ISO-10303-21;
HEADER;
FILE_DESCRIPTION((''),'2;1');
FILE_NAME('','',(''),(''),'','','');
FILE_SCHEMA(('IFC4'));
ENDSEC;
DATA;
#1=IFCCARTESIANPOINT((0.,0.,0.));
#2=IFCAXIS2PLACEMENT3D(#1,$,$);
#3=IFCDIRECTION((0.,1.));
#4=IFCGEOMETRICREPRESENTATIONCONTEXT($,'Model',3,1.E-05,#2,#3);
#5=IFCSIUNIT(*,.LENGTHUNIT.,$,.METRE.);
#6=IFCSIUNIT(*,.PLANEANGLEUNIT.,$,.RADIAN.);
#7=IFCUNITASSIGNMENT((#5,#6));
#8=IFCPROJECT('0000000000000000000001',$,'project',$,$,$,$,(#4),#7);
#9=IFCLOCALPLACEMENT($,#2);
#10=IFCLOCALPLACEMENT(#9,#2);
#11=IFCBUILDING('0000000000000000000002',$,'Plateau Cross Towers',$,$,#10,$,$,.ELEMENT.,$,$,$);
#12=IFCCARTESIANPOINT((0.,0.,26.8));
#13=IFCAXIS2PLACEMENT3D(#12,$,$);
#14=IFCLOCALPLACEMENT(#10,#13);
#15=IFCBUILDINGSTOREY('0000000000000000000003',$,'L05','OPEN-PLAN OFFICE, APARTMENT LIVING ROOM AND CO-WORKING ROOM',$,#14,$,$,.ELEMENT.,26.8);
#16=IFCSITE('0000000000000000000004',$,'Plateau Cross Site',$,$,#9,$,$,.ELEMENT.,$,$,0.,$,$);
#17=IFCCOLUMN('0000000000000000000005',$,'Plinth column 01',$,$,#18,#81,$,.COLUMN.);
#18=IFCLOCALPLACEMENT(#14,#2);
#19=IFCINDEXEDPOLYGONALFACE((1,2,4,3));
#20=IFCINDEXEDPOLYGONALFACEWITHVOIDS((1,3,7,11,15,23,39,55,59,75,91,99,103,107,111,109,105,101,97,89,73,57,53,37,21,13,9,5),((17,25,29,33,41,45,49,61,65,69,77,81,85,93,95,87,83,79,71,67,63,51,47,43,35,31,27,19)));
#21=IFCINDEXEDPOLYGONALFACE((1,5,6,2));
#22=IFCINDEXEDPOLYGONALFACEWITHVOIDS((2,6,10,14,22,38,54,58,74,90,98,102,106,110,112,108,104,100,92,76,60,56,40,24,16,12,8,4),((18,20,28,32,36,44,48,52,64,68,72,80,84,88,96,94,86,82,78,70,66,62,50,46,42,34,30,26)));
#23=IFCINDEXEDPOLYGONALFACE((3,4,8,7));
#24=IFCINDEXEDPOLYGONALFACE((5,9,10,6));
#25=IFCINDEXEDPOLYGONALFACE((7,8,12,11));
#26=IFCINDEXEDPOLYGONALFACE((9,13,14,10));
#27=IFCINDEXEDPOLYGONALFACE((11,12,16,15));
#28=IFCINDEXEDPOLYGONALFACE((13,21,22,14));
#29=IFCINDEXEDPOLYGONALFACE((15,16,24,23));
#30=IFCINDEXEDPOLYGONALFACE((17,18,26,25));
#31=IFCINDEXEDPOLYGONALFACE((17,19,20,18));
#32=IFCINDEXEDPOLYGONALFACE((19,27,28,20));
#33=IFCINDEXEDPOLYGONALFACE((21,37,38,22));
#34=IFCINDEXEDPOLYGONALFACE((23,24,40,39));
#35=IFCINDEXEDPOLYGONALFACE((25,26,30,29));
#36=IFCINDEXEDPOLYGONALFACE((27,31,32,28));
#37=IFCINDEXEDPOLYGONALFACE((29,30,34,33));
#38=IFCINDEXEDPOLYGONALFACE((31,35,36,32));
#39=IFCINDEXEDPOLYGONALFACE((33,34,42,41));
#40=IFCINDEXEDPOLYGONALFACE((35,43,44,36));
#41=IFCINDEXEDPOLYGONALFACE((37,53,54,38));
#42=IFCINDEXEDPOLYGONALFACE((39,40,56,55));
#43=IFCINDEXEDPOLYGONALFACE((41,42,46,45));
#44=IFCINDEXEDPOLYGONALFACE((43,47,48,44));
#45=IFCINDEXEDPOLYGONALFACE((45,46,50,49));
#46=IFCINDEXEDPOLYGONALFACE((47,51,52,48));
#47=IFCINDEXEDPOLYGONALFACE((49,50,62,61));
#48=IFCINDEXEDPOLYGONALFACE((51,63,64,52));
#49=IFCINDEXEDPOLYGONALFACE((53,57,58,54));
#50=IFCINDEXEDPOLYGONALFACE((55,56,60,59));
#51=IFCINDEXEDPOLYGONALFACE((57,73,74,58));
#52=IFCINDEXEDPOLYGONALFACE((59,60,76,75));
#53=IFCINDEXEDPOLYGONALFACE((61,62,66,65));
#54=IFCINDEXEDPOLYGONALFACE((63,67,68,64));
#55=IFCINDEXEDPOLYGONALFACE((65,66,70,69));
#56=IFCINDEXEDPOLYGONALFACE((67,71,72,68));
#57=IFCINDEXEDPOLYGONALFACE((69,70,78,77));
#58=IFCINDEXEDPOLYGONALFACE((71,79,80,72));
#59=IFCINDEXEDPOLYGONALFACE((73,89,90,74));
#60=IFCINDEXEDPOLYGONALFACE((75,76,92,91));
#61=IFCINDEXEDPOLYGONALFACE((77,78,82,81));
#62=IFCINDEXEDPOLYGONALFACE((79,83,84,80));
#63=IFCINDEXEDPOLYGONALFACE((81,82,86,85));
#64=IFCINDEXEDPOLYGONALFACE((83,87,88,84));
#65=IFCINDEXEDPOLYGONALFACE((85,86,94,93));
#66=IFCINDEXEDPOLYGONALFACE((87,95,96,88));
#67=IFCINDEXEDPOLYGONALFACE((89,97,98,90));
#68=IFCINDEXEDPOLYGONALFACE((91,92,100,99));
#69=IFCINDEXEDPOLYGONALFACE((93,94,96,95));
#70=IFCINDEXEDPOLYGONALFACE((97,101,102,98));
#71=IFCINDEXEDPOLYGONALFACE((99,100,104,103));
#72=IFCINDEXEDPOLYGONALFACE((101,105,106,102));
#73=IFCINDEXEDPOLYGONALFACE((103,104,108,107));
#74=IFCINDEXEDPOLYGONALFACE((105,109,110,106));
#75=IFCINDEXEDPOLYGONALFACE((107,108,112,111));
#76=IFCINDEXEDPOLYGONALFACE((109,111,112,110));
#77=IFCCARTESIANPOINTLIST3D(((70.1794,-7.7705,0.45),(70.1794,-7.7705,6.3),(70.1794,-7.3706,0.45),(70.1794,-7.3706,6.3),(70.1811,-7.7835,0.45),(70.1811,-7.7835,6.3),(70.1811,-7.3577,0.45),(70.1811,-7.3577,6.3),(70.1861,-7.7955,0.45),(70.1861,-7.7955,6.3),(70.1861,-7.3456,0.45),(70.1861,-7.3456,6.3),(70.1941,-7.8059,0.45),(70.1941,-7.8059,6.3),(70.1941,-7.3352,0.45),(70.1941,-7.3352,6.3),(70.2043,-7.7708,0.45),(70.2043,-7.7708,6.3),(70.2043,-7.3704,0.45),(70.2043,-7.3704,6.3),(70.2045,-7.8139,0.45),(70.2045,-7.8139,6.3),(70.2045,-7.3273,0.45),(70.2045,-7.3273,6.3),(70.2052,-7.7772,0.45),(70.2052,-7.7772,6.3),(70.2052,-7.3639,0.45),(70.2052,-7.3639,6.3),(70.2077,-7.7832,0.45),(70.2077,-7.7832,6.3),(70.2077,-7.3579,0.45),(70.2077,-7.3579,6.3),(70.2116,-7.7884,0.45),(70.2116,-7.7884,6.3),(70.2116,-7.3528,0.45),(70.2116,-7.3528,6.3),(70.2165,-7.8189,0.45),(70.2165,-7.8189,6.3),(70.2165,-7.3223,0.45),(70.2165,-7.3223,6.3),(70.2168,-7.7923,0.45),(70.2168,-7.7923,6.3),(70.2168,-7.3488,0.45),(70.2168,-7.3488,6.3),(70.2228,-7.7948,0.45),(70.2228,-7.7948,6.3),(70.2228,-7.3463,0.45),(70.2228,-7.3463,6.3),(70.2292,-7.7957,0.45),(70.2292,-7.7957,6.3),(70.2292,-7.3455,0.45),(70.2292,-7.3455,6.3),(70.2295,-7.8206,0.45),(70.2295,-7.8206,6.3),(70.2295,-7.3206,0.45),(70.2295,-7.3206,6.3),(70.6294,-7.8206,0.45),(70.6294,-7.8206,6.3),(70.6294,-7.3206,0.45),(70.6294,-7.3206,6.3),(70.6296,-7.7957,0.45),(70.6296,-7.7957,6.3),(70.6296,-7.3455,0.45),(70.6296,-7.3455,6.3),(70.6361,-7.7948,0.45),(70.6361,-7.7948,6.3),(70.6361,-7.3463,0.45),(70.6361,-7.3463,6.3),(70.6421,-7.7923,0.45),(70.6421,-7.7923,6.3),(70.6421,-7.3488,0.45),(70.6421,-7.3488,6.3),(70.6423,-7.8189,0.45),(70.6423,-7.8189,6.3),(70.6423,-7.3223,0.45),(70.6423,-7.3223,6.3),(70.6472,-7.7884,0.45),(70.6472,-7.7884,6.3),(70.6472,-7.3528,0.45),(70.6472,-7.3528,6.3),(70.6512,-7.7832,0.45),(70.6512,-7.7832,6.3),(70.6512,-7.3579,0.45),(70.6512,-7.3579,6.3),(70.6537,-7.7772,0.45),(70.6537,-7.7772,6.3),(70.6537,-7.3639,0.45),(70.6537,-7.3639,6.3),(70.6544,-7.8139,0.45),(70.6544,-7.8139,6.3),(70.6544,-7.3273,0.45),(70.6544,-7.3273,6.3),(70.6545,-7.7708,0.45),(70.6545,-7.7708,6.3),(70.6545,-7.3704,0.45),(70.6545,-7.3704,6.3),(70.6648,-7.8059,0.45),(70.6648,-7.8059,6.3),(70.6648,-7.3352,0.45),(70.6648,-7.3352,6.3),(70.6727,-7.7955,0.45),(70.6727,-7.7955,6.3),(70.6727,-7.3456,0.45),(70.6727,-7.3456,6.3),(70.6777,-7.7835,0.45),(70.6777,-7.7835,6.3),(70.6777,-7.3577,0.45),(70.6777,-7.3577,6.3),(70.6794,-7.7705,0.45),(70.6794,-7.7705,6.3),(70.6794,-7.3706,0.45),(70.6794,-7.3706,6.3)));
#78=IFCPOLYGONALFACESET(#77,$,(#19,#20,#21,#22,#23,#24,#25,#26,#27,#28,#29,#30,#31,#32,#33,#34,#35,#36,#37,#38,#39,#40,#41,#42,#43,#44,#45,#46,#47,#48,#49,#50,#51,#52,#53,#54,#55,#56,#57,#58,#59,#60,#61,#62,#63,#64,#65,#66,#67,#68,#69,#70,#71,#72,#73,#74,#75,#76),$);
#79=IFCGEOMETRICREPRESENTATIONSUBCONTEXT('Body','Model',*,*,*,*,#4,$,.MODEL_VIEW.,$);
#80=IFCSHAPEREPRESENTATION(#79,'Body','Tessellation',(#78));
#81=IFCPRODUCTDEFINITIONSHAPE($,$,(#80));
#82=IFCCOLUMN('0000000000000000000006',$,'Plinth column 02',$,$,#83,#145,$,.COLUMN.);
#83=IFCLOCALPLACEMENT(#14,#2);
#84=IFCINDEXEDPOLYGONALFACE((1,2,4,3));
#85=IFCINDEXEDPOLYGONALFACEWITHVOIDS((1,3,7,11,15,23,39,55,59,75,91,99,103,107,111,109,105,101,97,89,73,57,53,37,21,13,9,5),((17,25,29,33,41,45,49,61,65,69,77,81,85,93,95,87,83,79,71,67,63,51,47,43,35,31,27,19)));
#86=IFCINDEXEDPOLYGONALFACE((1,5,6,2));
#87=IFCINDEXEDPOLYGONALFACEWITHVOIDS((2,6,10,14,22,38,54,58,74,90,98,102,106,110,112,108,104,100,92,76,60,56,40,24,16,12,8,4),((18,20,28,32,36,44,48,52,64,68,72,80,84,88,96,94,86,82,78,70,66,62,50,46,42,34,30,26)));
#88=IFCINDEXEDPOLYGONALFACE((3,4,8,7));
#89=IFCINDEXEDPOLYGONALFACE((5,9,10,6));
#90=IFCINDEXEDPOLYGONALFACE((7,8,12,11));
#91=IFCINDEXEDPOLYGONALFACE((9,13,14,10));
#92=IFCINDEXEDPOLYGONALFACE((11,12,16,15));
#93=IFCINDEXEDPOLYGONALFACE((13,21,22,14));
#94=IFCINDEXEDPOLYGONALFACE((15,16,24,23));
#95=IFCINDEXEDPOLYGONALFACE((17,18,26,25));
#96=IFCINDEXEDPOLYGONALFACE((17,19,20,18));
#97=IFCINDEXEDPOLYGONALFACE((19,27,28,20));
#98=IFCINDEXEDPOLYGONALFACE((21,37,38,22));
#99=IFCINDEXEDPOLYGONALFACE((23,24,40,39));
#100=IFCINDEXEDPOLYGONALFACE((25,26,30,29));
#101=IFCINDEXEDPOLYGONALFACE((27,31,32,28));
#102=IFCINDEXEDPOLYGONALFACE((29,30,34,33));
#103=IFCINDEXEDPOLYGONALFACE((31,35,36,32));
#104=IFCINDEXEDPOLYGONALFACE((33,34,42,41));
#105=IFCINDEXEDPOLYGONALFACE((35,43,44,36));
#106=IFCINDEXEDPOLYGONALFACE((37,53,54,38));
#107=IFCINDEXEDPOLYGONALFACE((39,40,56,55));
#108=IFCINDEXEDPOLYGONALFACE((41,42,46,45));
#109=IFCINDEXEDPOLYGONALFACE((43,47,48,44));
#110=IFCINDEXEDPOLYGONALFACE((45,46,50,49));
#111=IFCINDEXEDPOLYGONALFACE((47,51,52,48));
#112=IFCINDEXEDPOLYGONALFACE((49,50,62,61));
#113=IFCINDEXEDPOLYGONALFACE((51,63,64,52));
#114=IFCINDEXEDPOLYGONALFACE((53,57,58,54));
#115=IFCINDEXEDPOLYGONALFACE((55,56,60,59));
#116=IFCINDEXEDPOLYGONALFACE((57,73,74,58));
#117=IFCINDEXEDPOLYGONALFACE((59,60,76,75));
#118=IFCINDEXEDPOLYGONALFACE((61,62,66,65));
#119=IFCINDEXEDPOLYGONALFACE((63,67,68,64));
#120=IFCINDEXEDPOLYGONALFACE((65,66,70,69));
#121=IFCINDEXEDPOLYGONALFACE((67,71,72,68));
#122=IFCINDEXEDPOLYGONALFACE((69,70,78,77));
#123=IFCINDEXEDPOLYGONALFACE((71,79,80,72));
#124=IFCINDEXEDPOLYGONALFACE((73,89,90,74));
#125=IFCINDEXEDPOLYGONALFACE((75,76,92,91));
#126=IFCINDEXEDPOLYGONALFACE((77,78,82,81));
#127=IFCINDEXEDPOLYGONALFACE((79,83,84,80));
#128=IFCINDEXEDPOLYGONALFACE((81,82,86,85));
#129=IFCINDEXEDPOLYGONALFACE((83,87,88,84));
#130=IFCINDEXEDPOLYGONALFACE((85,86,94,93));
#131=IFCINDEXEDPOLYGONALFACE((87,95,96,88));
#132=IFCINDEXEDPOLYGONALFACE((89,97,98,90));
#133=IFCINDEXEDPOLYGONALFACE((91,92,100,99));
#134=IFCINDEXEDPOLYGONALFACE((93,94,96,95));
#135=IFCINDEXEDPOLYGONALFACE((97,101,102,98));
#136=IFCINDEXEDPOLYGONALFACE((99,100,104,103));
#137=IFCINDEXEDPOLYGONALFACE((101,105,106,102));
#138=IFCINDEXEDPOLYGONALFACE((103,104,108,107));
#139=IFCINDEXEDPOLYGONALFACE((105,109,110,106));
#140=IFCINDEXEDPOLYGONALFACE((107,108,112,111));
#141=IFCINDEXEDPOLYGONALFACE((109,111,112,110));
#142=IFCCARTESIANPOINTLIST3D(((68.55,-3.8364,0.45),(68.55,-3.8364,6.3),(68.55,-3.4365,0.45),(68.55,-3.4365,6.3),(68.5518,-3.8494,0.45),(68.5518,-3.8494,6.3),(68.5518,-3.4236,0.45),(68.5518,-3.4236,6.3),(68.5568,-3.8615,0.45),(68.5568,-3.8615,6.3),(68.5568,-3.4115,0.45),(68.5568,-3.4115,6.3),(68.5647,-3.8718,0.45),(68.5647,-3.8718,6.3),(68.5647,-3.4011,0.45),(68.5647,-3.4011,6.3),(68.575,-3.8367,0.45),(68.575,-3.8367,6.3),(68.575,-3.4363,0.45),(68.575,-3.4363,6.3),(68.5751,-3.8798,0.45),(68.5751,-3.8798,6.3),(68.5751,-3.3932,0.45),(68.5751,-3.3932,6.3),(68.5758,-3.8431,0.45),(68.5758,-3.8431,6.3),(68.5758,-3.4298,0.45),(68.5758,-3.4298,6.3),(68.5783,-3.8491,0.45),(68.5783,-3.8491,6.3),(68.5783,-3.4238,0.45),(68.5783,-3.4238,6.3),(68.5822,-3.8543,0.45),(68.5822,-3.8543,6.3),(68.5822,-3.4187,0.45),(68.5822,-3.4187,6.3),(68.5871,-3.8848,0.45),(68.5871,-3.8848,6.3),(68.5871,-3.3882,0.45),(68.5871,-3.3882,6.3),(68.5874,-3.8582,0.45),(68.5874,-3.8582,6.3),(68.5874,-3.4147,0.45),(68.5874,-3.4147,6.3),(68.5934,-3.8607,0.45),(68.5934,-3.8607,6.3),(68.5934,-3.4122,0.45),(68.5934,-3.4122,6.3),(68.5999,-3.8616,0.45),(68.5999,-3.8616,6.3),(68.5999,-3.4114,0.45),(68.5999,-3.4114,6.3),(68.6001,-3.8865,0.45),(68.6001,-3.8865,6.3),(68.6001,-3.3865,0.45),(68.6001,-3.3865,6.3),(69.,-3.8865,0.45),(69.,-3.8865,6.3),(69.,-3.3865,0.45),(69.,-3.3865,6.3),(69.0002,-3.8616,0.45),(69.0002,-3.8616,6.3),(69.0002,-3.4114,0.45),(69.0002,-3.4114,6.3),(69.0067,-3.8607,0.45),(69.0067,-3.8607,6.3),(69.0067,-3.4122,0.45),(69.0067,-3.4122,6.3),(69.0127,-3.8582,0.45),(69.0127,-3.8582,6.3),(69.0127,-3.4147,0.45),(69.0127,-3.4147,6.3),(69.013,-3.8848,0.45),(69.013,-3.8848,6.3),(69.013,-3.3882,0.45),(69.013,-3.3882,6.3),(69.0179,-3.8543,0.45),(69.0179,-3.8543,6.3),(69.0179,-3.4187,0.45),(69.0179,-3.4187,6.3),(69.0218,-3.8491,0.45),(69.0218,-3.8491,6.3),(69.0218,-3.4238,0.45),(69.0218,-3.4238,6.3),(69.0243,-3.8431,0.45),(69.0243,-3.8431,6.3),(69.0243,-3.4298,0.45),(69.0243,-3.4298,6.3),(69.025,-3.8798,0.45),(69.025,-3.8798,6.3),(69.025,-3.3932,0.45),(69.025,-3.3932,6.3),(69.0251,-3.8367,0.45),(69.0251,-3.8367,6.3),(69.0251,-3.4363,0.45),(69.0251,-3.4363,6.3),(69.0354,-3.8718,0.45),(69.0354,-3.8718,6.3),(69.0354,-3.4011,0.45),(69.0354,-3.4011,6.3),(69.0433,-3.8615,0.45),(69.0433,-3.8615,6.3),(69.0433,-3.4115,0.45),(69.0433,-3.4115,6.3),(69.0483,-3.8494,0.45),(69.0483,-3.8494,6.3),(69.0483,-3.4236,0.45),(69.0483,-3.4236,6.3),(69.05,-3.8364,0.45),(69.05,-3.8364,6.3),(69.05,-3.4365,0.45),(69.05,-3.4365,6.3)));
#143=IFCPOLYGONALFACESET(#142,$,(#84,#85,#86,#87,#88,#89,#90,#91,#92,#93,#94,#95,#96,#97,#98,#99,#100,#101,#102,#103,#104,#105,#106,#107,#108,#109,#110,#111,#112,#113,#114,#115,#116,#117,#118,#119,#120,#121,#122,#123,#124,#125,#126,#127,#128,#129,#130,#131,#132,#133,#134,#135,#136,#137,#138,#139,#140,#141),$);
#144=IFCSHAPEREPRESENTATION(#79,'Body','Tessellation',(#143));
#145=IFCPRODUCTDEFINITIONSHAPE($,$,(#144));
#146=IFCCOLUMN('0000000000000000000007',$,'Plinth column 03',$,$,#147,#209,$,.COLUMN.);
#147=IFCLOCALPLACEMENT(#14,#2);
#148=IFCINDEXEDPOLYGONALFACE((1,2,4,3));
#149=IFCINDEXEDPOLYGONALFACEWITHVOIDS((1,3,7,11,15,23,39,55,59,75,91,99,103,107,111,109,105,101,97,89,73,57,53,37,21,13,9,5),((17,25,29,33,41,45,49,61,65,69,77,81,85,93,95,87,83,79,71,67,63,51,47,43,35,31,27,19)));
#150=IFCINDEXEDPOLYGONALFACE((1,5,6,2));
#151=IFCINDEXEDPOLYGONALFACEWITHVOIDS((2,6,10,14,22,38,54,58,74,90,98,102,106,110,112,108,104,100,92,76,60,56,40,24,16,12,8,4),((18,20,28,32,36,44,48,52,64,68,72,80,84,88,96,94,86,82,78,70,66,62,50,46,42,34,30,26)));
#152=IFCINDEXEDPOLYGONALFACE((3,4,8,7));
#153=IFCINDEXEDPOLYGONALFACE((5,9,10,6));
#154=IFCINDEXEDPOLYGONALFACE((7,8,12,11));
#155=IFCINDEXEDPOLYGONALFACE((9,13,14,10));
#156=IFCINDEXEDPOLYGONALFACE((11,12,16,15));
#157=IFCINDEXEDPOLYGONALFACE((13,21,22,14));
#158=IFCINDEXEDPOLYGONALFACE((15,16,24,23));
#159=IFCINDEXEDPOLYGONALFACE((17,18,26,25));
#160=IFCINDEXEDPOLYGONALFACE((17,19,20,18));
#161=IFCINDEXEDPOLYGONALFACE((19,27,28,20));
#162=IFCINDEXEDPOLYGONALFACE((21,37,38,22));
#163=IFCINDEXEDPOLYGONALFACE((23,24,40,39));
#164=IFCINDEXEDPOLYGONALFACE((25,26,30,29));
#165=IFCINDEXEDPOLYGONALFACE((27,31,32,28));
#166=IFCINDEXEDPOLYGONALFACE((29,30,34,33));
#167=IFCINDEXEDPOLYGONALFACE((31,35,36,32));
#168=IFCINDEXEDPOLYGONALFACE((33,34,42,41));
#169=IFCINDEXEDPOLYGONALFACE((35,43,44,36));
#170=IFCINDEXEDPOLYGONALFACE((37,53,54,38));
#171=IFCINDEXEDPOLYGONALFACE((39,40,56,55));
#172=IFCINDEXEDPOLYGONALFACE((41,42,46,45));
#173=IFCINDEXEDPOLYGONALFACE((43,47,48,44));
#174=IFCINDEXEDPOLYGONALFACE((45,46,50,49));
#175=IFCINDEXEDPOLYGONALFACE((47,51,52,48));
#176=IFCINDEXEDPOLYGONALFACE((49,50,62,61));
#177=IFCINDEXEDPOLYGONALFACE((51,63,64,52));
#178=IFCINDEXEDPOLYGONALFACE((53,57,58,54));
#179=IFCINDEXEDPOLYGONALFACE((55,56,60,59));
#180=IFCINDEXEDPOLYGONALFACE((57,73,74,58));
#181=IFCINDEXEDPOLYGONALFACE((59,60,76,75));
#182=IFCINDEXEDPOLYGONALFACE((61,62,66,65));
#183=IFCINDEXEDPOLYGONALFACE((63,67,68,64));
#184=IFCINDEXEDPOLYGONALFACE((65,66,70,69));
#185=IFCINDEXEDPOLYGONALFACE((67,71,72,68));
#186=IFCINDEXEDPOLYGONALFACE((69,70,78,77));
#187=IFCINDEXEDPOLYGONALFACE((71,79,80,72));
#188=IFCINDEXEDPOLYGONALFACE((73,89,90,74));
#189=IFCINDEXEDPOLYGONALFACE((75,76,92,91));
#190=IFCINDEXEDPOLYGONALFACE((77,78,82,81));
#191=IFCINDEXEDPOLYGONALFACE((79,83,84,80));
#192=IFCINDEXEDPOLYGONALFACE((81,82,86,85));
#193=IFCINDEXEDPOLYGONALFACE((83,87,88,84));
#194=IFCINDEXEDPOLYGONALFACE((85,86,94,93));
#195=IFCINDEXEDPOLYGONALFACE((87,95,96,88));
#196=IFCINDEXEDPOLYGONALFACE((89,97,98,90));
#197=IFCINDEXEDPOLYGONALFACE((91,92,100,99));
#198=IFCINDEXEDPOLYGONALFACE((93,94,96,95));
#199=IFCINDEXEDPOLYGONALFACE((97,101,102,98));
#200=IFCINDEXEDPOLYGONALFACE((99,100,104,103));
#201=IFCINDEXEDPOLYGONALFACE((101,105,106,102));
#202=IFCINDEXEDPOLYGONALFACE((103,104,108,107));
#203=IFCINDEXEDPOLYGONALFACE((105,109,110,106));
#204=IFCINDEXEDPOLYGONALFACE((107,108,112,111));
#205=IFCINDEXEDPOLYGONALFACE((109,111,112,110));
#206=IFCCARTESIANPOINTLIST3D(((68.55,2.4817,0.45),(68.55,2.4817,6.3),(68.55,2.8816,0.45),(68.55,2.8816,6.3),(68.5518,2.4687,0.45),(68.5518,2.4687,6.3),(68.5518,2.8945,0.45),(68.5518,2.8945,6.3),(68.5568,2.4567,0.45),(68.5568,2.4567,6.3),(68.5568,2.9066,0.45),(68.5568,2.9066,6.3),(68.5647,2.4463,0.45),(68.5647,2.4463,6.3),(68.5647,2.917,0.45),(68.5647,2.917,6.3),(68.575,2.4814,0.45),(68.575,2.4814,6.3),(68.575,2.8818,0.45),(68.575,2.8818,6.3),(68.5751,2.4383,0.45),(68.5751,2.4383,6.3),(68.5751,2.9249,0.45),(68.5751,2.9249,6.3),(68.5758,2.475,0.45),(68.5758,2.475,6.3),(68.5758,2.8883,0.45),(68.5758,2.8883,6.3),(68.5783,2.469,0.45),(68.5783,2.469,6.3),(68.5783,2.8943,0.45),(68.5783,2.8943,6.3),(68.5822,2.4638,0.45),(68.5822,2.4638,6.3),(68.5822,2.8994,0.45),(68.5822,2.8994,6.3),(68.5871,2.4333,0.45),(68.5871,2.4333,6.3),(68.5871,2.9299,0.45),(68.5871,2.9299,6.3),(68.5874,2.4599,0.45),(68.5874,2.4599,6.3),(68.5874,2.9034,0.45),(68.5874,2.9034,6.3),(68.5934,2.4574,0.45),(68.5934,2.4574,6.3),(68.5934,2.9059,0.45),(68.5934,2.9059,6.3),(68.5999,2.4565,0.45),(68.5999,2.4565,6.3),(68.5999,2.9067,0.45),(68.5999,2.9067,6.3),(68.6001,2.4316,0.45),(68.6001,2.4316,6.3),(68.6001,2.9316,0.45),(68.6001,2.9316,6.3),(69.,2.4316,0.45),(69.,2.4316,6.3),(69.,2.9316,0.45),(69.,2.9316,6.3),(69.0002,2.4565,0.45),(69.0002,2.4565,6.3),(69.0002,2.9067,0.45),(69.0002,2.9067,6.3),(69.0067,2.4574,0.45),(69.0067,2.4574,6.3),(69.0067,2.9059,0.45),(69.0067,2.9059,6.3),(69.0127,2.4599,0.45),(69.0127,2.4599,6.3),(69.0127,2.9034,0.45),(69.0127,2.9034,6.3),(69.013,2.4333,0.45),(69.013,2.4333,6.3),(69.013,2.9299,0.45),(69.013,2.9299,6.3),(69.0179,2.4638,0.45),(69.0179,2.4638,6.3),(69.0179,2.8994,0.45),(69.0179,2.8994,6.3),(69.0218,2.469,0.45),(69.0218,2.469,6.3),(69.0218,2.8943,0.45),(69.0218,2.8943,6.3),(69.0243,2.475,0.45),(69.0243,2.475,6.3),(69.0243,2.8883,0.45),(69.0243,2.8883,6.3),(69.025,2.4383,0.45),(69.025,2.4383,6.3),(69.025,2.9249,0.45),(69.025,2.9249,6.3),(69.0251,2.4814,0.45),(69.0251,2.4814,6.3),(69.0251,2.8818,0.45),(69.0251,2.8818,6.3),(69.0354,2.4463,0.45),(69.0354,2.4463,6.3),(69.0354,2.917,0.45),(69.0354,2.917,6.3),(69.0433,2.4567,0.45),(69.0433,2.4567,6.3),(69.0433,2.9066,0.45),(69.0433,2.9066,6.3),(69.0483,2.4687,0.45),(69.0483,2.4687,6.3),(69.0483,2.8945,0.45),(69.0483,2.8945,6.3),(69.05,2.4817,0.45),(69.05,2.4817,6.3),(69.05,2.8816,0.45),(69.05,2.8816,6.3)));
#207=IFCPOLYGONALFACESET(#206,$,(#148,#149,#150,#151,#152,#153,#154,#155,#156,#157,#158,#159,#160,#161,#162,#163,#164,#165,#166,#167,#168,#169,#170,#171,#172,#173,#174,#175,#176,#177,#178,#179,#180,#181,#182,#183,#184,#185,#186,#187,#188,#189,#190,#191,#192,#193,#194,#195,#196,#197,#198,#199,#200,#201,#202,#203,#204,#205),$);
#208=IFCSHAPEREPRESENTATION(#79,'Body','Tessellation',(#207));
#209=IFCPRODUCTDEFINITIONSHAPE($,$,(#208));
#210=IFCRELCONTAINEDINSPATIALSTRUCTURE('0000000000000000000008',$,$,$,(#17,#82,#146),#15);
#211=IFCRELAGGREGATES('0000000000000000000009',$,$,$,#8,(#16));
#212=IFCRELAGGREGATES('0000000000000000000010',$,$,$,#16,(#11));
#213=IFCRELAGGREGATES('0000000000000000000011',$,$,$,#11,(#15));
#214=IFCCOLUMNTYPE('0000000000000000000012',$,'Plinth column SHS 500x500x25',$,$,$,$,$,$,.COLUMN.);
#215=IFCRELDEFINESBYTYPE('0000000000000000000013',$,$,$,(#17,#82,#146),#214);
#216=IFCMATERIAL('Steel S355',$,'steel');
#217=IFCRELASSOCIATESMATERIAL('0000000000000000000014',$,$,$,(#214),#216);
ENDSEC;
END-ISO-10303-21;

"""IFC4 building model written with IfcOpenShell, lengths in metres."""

from ifc_helpers import new_model, si_unit, direction, frame, origin, origin_2d, place, context, subcontext, project, spatial, hollow_rectangle, extrude, material, material_profile, profile_set, type_object, element, save


model = new_model("IFC4")

# Units and contexts
model_context = context("Model", 3, precision=1e-05, world=origin(), true_north=direction((0.0, 1.0)))
body_context = subcontext(model_context, "Body", "Model", "MODEL_VIEW")
ifc_project = project(units=[si_unit("LENGTHUNIT", "METRE"), si_unit("PLANEANGLEUNIT", "RADIAN")], contexts=[model_context])

# Site, building, storey
site_placement = place(None, origin())
site = spatial("IfcSite", under=ifc_project, at=site_placement, Name="Plateau Cross Site", CompositionType="ELEMENT", RefElevation=0.0)
building_placement = place(site_placement, origin())
building = spatial("IfcBuilding", under=site, at=building_placement, Name="Plateau Cross Towers", CompositionType="ELEMENT")
storey_placement = place(building_placement, frame((0.0, 0.0, 26.8)))
storey = spatial("IfcBuildingStorey", under=building, at=storey_placement, Name="L05", Description="OPEN-PLAN OFFICE, APARTMENT LIVING ROOM AND CO-WORKING ROOM", CompositionType="ELEMENT", Elevation=26.8)

# Columns
ifc_material_1 = material(Name="Steel S355", Category="steel")
ifc_material_profile_1 = material_profile(ifc_material_1, hollow_rectangle(XDim=0.5, YDim=0.5, WallThickness=0.0249, InnerFilletRadius=0.0249, OuterFilletRadius=0.05, at=origin_2d()), Name="SHS 500x500x25")
ifc_profile_set_1 = profile_set([ifc_material_profile_1], Name="Steel S355")
column_type = type_object("IfcColumnType", Name="Plinth column SHS 500x500x25", PredefinedType="COLUMN", material=ifc_profile_set_1)
for number, where, z_axis, x_axis, name in (
    (1, (70.4294, -7.5706, 0.45), (0.0, 0.0, 1.0), (1.0, 0.0, 0.0), "Plinth column 01"),
    (2, (68.8, -3.6365, 0.45), (0.0, 0.0, 1.0), (1.0, 0.0, 0.0), "Plinth column 02"),
    (3, (68.8, 2.6816, 0.45), (0.0, 0.0, 1.0), (1.0, 0.0, 0.0), "Plinth column 03"),
):
    element("IfcColumn", number, at=place(storey_placement, frame(where, z_axis=z_axis, x_axis=x_axis)), inside=storey, type_object=column_type, Name=name, PredefinedType="COLUMN", context=body_context, shape_type="SweptSolid", body=[
        extrude(hollow_rectangle(XDim=0.5, YDim=0.5, WallThickness=0.0249, InnerFilletRadius=0.0249, OuterFilletRadius=0.05, at=origin_2d()), origin(), (0.0, 0.0, 1.0), 5.8501),
    ])

save(model, "model.ifc")
